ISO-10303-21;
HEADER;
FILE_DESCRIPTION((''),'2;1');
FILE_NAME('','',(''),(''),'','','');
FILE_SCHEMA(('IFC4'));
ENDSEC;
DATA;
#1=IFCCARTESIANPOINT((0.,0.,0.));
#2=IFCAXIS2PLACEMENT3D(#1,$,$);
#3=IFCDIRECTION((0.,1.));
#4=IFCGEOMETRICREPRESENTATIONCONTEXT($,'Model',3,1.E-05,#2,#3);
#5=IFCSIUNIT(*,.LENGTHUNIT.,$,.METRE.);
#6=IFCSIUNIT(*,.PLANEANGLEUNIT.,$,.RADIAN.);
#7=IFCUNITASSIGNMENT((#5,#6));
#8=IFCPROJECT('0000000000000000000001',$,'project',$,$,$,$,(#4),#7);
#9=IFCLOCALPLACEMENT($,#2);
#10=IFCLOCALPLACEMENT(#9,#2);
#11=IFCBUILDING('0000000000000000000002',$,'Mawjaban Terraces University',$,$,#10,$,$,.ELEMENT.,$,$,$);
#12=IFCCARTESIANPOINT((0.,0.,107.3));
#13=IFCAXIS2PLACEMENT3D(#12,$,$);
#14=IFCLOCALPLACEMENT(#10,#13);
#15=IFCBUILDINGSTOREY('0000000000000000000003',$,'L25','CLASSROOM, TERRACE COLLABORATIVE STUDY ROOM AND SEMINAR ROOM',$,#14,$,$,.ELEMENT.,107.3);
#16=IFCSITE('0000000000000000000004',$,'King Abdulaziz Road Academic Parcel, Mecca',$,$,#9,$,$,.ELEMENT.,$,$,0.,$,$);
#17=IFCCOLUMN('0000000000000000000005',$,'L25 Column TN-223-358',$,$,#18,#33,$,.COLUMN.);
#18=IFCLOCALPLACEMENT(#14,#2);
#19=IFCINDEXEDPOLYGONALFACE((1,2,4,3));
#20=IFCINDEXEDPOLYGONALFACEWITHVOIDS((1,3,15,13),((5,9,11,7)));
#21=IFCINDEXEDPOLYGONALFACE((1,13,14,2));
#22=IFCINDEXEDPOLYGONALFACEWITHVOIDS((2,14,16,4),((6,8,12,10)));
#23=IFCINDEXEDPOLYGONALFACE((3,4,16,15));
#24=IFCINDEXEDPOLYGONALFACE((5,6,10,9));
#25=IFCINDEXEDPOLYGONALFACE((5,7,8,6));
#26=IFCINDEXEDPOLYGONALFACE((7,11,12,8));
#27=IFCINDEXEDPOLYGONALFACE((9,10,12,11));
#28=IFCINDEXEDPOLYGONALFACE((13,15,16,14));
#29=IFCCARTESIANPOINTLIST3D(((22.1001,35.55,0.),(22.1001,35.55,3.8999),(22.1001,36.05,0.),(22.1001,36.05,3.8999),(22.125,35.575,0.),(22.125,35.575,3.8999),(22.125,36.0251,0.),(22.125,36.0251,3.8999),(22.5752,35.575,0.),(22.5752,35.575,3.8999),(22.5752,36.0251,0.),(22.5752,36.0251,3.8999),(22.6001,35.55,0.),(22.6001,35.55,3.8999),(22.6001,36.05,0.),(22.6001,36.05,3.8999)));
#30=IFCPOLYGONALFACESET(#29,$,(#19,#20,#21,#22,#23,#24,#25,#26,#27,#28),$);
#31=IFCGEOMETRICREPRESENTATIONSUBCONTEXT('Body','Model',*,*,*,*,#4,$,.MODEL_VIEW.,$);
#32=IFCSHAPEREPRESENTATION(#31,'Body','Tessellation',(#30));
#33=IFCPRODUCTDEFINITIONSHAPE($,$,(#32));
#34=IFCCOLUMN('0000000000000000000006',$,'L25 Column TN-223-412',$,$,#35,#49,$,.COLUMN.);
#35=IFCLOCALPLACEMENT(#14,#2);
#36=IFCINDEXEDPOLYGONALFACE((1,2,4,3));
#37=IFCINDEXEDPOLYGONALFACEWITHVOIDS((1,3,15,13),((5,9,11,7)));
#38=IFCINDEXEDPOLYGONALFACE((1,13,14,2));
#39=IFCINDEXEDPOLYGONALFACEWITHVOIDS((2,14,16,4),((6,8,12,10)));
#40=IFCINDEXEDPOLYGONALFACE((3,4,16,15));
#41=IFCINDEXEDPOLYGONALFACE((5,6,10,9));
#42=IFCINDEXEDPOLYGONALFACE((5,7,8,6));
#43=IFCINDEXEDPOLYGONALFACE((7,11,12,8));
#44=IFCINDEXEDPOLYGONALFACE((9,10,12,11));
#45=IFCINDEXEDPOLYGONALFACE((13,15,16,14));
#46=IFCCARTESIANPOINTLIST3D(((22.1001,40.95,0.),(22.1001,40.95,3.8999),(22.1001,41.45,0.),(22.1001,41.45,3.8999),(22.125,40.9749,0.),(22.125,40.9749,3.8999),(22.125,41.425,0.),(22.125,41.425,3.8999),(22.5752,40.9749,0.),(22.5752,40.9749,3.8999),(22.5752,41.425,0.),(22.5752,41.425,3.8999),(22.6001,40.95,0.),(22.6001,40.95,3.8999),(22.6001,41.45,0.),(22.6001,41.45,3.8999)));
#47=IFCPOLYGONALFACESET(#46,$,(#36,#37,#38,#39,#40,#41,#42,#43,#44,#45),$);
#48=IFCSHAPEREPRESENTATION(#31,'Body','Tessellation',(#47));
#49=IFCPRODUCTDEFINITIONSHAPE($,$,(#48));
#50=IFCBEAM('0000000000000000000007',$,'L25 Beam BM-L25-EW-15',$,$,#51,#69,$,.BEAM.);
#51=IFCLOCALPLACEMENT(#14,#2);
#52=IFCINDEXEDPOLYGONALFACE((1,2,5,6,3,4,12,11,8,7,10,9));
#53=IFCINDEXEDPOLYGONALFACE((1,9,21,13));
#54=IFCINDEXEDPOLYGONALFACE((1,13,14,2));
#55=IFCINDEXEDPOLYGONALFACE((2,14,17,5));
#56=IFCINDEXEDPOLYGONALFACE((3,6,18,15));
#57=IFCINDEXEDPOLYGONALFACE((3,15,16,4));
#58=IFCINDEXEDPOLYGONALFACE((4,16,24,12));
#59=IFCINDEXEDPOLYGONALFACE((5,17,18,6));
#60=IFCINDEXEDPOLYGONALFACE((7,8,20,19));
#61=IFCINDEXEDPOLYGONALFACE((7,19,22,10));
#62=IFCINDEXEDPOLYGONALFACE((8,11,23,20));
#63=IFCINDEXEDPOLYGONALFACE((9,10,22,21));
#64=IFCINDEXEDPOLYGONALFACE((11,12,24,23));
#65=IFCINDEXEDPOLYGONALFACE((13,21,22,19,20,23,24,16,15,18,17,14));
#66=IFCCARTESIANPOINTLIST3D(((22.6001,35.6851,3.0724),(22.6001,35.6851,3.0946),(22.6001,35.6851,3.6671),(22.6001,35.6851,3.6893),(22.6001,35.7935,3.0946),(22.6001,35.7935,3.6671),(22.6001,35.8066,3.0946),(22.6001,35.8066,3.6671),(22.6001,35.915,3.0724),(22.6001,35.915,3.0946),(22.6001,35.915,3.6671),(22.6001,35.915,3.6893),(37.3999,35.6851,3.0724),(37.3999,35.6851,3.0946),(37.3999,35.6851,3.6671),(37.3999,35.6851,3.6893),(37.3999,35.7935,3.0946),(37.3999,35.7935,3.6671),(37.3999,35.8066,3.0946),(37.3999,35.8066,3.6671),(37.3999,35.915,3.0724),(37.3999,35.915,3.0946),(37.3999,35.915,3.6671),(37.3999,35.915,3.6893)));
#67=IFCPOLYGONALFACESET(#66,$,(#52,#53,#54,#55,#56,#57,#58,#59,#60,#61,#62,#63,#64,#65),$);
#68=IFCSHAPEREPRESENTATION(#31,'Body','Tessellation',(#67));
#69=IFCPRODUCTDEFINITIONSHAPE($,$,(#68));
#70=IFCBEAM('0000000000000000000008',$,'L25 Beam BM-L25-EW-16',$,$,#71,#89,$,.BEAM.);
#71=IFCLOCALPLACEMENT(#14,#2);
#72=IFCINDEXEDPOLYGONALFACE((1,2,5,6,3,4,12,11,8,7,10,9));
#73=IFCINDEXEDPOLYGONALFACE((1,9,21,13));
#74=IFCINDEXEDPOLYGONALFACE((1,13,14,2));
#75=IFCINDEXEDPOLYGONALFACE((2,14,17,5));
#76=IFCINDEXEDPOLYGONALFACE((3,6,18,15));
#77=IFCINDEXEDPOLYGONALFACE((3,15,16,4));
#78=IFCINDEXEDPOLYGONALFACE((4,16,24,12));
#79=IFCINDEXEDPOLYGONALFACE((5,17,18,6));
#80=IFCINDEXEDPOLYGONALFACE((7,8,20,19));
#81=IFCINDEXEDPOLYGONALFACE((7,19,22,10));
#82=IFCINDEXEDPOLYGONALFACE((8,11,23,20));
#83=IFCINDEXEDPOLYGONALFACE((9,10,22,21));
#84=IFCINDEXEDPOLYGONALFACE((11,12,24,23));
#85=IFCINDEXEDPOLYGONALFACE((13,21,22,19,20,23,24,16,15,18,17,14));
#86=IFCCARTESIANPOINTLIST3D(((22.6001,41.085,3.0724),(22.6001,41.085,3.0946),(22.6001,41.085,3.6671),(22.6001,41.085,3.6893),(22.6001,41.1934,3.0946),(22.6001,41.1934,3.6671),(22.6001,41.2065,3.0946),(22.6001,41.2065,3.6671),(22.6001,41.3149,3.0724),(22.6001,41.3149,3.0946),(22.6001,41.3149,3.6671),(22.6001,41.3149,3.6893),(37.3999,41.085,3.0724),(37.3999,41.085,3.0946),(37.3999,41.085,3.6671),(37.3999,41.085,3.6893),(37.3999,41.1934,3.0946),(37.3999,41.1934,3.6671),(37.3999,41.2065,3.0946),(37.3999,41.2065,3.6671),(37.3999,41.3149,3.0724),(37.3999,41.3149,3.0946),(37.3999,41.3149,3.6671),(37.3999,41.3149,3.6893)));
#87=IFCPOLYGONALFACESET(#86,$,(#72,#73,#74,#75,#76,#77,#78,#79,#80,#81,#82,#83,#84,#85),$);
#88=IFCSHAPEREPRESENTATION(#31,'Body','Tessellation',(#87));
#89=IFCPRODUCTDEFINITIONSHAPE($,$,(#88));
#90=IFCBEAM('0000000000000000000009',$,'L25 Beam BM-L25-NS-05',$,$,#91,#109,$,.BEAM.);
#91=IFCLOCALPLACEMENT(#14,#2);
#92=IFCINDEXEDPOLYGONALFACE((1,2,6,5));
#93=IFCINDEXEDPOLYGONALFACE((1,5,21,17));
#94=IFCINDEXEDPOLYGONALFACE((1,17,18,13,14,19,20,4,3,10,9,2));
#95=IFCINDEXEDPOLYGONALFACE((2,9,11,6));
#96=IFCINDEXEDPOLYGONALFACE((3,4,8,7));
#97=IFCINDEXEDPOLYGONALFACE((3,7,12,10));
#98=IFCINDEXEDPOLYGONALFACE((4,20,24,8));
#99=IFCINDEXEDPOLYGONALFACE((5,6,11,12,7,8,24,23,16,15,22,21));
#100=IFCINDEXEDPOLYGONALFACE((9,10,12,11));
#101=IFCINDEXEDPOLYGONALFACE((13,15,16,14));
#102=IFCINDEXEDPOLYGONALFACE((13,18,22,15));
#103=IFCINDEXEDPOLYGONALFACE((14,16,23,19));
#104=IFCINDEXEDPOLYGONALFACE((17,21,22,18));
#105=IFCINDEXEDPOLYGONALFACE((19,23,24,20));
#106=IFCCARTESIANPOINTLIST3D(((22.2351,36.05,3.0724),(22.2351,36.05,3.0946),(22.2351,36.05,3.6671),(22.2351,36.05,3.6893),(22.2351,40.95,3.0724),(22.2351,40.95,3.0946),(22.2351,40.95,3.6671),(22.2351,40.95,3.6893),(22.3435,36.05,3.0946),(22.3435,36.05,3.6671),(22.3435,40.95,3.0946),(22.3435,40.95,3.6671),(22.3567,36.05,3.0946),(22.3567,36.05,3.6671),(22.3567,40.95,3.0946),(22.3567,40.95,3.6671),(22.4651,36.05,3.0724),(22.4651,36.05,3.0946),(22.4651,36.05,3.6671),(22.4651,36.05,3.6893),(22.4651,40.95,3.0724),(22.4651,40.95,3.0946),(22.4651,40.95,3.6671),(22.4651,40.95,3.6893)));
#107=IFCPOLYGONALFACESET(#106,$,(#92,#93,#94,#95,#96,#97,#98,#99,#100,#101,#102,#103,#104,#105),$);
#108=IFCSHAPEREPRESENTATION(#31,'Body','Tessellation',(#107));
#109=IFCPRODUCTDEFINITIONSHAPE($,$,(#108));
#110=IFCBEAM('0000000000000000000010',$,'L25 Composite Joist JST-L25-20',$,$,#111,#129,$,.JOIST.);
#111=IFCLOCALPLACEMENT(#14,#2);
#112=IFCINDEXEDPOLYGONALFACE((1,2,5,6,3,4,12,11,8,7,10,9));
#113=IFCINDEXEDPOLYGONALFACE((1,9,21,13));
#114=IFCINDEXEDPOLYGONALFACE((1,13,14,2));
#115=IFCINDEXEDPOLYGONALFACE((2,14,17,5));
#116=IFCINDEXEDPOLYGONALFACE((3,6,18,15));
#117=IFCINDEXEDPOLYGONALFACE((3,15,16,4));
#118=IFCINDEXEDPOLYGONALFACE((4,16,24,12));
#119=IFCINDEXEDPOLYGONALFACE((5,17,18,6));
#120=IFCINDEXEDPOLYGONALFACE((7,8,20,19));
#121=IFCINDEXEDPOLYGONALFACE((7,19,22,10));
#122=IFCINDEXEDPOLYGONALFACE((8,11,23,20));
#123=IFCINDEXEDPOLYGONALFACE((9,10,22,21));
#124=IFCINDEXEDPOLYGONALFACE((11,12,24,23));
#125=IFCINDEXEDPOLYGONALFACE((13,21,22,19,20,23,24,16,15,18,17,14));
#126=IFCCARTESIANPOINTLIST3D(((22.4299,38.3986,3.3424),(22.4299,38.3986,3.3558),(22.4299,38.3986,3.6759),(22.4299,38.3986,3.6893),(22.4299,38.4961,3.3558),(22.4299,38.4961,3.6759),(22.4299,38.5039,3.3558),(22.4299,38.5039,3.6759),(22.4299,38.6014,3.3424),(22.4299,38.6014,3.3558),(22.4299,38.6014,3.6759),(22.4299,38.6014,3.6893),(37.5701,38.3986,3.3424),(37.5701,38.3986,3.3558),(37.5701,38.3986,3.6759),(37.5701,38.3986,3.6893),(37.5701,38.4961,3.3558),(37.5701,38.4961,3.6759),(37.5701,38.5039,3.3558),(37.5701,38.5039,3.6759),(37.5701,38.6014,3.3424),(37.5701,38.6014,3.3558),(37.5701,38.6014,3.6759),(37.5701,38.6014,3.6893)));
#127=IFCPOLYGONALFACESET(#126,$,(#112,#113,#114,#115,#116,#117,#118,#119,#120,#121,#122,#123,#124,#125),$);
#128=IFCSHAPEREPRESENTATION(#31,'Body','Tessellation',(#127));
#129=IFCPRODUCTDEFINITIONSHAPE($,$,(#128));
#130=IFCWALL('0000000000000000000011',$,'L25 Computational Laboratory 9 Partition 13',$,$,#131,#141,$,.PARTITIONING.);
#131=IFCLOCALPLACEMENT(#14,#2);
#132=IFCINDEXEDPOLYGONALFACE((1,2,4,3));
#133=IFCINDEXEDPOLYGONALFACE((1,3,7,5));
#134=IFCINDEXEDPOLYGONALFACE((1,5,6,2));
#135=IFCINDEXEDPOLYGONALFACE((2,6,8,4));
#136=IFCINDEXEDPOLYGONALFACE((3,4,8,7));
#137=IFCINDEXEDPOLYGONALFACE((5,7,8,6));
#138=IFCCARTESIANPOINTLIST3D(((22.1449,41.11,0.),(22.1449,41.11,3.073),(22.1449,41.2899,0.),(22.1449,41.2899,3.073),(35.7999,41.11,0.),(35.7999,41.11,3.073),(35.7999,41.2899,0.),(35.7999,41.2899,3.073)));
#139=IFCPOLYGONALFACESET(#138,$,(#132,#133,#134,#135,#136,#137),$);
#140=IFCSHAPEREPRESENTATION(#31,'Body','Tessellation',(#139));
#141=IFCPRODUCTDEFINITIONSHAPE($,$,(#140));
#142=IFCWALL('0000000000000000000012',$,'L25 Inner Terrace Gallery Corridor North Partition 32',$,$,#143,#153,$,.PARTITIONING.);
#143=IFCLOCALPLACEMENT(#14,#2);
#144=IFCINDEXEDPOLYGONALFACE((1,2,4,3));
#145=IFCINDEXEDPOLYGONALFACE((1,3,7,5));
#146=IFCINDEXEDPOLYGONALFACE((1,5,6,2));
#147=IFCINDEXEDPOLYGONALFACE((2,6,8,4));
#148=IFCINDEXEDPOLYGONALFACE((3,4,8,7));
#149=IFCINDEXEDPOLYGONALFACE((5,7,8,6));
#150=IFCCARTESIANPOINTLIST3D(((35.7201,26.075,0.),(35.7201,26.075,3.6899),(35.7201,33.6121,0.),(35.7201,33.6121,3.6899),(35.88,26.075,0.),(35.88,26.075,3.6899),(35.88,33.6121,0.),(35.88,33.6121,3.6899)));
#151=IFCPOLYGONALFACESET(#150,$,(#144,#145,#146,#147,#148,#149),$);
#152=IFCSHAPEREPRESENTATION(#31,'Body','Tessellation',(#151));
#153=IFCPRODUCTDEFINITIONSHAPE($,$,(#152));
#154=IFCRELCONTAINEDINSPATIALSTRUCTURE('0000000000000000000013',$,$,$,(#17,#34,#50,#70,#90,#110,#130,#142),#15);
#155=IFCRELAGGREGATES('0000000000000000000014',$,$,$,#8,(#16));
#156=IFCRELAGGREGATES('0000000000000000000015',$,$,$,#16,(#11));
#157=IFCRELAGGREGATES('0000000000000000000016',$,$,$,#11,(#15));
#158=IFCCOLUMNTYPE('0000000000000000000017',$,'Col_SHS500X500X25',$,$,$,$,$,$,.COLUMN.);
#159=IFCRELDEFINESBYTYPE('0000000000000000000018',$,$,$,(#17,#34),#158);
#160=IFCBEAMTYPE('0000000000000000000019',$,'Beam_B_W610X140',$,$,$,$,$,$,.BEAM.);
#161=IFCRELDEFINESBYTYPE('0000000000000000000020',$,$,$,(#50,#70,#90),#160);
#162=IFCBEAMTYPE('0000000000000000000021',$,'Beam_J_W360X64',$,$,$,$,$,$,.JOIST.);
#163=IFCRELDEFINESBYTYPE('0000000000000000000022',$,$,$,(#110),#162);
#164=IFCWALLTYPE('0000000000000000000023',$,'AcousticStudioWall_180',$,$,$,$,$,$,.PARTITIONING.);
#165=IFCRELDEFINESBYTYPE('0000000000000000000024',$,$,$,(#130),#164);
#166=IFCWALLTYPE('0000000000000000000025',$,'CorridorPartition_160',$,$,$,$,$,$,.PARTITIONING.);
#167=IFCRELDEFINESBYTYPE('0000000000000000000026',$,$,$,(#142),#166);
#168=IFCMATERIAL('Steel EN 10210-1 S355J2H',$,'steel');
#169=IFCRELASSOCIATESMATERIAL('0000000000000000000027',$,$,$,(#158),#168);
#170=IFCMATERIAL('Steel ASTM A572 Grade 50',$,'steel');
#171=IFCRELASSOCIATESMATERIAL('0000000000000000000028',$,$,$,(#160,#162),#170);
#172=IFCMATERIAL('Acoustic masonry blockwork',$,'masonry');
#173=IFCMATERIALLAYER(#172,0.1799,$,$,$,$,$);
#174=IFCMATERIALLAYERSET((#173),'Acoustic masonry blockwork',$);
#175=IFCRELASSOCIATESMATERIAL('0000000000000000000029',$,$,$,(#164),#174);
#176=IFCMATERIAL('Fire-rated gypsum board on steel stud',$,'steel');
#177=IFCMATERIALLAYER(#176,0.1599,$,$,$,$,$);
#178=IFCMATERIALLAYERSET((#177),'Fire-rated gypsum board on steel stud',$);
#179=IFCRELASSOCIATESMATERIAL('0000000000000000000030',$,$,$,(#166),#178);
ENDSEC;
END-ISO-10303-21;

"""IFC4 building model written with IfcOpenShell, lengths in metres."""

from ifc_helpers import new_model, si_unit, direction, frame, frame_2d, origin, origin_2d, place, context, subcontext, project, spatial, rectangle, hollow_rectangle, i_section, extrude, material, layer, layer_set, material_profile, profile_set, type_object, element, save


model = new_model("IFC4")

# Units and contexts
model_context = context("Model", 3, precision=1e-05, world=origin(), true_north=direction((0.0, 1.0)))
body_context = subcontext(model_context, "Body", "Model", "MODEL_VIEW")
ifc_project = project(units=[si_unit("LENGTHUNIT", "METRE"), si_unit("PLANEANGLEUNIT", "RADIAN")], contexts=[model_context])

# Site, building, storey
site_placement = place(None, origin())
site = spatial("IfcSite", under=ifc_project, at=site_placement, Name="King Abdulaziz Road Academic Parcel, Mecca", CompositionType="ELEMENT", RefElevation=0.0)
building_placement = place(site_placement, origin())
building = spatial("IfcBuilding", under=site, at=building_placement, Name="Mawjaban Terraces University", CompositionType="ELEMENT")
storey_placement = place(building_placement, frame((0.0, 0.0, 107.3)))
storey = spatial("IfcBuildingStorey", under=building, at=storey_placement, Name="L25", Description="CLASSROOM, TERRACE COLLABORATIVE STUDY ROOM AND SEMINAR ROOM", CompositionType="ELEMENT", Elevation=107.3)

# Columns
ifc_material_1 = material(Name="Steel EN 10210-1 S355J2H", Category="steel")
ifc_material_profile_1 = material_profile(ifc_material_1, hollow_rectangle(XDim=0.5, YDim=0.5, WallThickness=0.0249, at=origin_2d()), Name="SHS500X500X25")
ifc_profile_set_1 = profile_set([ifc_material_profile_1], Name="Steel EN 10210-1 S355J2H")
column_type = type_object("IfcColumnType", Name="Col_SHS500X500X25", PredefinedType="COLUMN", material=ifc_profile_set_1)
for number, where, z_axis, x_axis, name in (
    (1, (22.3501, 35.8, 0.0), (0.0, 0.0, 1.0), (1.0, 0.0, 0.0), "L25 Column TN-223-358"),
    (2, (22.3501, 41.2, 0.0), (0.0, 0.0, 1.0), (1.0, 0.0, 0.0), "L25 Column TN-223-412"),
):
    element("IfcColumn", number, at=place(storey_placement, frame(where, z_axis=z_axis, x_axis=x_axis)), inside=storey, type_object=column_type, Name=name, PredefinedType="COLUMN", context=body_context, shape_type="SweptSolid", body=[
        extrude(hollow_rectangle(XDim=0.5, YDim=0.5, WallThickness=0.0249, at=origin_2d()), origin(), (0.0, 0.0, 1.0), 3.8999),
    ])

# Beams
ifc_material_2 = material(Name="Steel ASTM A572 Grade 50", Category="steel")
ifc_material_profile_2 = material_profile(ifc_material_2, i_section(OverallWidth=0.23, OverallDepth=0.6169, WebThickness=0.0132, FlangeThickness=0.0222, at=origin_2d()), Name="W610X140")
ifc_profile_set_2 = profile_set([ifc_material_profile_2], Name="Steel ASTM A572 Grade 50")
beam_type_1 = type_object("IfcBeamType", Name="Beam_B_W610X140", PredefinedType="BEAM", material=ifc_profile_set_2)
for number, where, z_axis, x_axis, name in (
    (3, (22.6001, 35.8, 3.3809), (1.0, 0.0, 0.0), (0.0, 1.0, 0.0), "L25 Beam BM-L25-EW-15"),
    (4, (22.6001, 41.2, 3.3809), (1.0, 0.0, 0.0), (0.0, 1.0, 0.0), "L25 Beam BM-L25-EW-16"),
):
    element("IfcBeam", number, at=place(storey_placement, frame(where, z_axis=z_axis, x_axis=x_axis)), inside=storey, type_object=beam_type_1, Name=name, PredefinedType="BEAM", context=body_context, shape_type="SweptSolid", body=[
        extrude(i_section(OverallWidth=0.23, OverallDepth=0.6169, WebThickness=0.0132, FlangeThickness=0.0222, at=origin_2d()), origin(), (0.0, 0.0, 1.0), 14.7998),
    ])
beam_1_placement = place(storey_placement, frame((22.3501, 36.05, 3.3809), z_axis=(0.0, 1.0, 0.0), x_axis=(-1.0, 0.0, 0.0)))
element("IfcBeam", 5, at=beam_1_placement, inside=storey, type_object=beam_type_1, Name="L25 Beam BM-L25-NS-05", PredefinedType="BEAM", context=body_context, shape_type="SweptSolid", body=[
    extrude(i_section(OverallWidth=0.23, OverallDepth=0.6169, WebThickness=0.0132, FlangeThickness=0.0222, at=origin_2d()), origin(), (0.0, 0.0, 1.0), 4.8999),
])
ifc_material_profile_3 = material_profile(ifc_material_2, i_section(OverallWidth=0.2029, OverallDepth=0.3469, WebThickness=0.0078, FlangeThickness=0.0134, at=origin_2d()), Name="W360X64")
ifc_profile_set_3 = profile_set([ifc_material_profile_3], Name="Steel ASTM A572 Grade 50")
beam_type_2 = type_object("IfcBeamType", Name="Beam_J_W360X64", PredefinedType="JOIST", material=ifc_profile_set_3)
beam_2_placement = place(storey_placement, frame((22.4299, 38.5, 3.5159), z_axis=(1.0, 0.0, 0.0), x_axis=(0.0, 1.0, 0.0)))
element("IfcBeam", 6, at=beam_2_placement, inside=storey, type_object=beam_type_2, Name="L25 Composite Joist JST-L25-20", PredefinedType="JOIST", context=body_context, shape_type="SweptSolid", body=[
    extrude(i_section(OverallWidth=0.2029, OverallDepth=0.3469, WebThickness=0.0078, FlangeThickness=0.0134, at=origin_2d()), origin(), (0.0, 0.0, 1.0), 15.1401),
])

# Walls
ifc_material_3 = material(Name="Acoustic masonry blockwork", Category="masonry")
ifc_layer_1 = layer(ifc_material_3, 0.1799)
ifc_layer_set_1 = layer_set([ifc_layer_1], Name="Acoustic masonry blockwork")
wall_type_1 = type_object("IfcWallType", Name="AcousticStudioWall_180", PredefinedType="PARTITIONING", material=ifc_layer_set_1)
wall_1_placement = place(storey_placement, frame((35.8, 41.2, 0.0), z_axis=(0.0, 0.0, 1.0), x_axis=(-1.0, 0.0, 0.0)))
element("IfcWall", 7, at=wall_1_placement, inside=storey, type_object=wall_type_1, Name="L25 Computational Laboratory 9 Partition 13", PredefinedType="PARTITIONING", context=body_context, shape_type="SweptSolid", body=[
    extrude(rectangle(XDim=13.655, YDim=0.1799, at=frame_2d((6.8276, 0.0))), origin(), (0.0, 0.0, 1.0), 3.073),
])
ifc_material_4 = material(Name="Fire-rated gypsum board on steel stud", Category="steel")
ifc_layer_2 = layer(ifc_material_4, 0.1599)
ifc_layer_set_2 = layer_set([ifc_layer_2], Name="Fire-rated gypsum board on steel stud")
wall_type_2 = type_object("IfcWallType", Name="CorridorPartition_160", PredefinedType="PARTITIONING", material=ifc_layer_set_2)
wall_2_placement = place(storey_placement, frame((35.8, 33.6121, 0.0), z_axis=(0.0, 0.0, 1.0), x_axis=(0.0, -1.0, 0.0)))
element("IfcWall", 8, at=wall_2_placement, inside=storey, type_object=wall_type_2, Name="L25 Inner Terrace Gallery Corridor North Partition 32", PredefinedType="PARTITIONING", context=body_context, shape_type="SweptSolid", body=[
    extrude(rectangle(XDim=7.5371, YDim=0.1599, at=frame_2d((3.7686, 0.0))), origin(), (0.0, 0.0, 1.0), 3.6899),
])

save(model, "model.ifc")
